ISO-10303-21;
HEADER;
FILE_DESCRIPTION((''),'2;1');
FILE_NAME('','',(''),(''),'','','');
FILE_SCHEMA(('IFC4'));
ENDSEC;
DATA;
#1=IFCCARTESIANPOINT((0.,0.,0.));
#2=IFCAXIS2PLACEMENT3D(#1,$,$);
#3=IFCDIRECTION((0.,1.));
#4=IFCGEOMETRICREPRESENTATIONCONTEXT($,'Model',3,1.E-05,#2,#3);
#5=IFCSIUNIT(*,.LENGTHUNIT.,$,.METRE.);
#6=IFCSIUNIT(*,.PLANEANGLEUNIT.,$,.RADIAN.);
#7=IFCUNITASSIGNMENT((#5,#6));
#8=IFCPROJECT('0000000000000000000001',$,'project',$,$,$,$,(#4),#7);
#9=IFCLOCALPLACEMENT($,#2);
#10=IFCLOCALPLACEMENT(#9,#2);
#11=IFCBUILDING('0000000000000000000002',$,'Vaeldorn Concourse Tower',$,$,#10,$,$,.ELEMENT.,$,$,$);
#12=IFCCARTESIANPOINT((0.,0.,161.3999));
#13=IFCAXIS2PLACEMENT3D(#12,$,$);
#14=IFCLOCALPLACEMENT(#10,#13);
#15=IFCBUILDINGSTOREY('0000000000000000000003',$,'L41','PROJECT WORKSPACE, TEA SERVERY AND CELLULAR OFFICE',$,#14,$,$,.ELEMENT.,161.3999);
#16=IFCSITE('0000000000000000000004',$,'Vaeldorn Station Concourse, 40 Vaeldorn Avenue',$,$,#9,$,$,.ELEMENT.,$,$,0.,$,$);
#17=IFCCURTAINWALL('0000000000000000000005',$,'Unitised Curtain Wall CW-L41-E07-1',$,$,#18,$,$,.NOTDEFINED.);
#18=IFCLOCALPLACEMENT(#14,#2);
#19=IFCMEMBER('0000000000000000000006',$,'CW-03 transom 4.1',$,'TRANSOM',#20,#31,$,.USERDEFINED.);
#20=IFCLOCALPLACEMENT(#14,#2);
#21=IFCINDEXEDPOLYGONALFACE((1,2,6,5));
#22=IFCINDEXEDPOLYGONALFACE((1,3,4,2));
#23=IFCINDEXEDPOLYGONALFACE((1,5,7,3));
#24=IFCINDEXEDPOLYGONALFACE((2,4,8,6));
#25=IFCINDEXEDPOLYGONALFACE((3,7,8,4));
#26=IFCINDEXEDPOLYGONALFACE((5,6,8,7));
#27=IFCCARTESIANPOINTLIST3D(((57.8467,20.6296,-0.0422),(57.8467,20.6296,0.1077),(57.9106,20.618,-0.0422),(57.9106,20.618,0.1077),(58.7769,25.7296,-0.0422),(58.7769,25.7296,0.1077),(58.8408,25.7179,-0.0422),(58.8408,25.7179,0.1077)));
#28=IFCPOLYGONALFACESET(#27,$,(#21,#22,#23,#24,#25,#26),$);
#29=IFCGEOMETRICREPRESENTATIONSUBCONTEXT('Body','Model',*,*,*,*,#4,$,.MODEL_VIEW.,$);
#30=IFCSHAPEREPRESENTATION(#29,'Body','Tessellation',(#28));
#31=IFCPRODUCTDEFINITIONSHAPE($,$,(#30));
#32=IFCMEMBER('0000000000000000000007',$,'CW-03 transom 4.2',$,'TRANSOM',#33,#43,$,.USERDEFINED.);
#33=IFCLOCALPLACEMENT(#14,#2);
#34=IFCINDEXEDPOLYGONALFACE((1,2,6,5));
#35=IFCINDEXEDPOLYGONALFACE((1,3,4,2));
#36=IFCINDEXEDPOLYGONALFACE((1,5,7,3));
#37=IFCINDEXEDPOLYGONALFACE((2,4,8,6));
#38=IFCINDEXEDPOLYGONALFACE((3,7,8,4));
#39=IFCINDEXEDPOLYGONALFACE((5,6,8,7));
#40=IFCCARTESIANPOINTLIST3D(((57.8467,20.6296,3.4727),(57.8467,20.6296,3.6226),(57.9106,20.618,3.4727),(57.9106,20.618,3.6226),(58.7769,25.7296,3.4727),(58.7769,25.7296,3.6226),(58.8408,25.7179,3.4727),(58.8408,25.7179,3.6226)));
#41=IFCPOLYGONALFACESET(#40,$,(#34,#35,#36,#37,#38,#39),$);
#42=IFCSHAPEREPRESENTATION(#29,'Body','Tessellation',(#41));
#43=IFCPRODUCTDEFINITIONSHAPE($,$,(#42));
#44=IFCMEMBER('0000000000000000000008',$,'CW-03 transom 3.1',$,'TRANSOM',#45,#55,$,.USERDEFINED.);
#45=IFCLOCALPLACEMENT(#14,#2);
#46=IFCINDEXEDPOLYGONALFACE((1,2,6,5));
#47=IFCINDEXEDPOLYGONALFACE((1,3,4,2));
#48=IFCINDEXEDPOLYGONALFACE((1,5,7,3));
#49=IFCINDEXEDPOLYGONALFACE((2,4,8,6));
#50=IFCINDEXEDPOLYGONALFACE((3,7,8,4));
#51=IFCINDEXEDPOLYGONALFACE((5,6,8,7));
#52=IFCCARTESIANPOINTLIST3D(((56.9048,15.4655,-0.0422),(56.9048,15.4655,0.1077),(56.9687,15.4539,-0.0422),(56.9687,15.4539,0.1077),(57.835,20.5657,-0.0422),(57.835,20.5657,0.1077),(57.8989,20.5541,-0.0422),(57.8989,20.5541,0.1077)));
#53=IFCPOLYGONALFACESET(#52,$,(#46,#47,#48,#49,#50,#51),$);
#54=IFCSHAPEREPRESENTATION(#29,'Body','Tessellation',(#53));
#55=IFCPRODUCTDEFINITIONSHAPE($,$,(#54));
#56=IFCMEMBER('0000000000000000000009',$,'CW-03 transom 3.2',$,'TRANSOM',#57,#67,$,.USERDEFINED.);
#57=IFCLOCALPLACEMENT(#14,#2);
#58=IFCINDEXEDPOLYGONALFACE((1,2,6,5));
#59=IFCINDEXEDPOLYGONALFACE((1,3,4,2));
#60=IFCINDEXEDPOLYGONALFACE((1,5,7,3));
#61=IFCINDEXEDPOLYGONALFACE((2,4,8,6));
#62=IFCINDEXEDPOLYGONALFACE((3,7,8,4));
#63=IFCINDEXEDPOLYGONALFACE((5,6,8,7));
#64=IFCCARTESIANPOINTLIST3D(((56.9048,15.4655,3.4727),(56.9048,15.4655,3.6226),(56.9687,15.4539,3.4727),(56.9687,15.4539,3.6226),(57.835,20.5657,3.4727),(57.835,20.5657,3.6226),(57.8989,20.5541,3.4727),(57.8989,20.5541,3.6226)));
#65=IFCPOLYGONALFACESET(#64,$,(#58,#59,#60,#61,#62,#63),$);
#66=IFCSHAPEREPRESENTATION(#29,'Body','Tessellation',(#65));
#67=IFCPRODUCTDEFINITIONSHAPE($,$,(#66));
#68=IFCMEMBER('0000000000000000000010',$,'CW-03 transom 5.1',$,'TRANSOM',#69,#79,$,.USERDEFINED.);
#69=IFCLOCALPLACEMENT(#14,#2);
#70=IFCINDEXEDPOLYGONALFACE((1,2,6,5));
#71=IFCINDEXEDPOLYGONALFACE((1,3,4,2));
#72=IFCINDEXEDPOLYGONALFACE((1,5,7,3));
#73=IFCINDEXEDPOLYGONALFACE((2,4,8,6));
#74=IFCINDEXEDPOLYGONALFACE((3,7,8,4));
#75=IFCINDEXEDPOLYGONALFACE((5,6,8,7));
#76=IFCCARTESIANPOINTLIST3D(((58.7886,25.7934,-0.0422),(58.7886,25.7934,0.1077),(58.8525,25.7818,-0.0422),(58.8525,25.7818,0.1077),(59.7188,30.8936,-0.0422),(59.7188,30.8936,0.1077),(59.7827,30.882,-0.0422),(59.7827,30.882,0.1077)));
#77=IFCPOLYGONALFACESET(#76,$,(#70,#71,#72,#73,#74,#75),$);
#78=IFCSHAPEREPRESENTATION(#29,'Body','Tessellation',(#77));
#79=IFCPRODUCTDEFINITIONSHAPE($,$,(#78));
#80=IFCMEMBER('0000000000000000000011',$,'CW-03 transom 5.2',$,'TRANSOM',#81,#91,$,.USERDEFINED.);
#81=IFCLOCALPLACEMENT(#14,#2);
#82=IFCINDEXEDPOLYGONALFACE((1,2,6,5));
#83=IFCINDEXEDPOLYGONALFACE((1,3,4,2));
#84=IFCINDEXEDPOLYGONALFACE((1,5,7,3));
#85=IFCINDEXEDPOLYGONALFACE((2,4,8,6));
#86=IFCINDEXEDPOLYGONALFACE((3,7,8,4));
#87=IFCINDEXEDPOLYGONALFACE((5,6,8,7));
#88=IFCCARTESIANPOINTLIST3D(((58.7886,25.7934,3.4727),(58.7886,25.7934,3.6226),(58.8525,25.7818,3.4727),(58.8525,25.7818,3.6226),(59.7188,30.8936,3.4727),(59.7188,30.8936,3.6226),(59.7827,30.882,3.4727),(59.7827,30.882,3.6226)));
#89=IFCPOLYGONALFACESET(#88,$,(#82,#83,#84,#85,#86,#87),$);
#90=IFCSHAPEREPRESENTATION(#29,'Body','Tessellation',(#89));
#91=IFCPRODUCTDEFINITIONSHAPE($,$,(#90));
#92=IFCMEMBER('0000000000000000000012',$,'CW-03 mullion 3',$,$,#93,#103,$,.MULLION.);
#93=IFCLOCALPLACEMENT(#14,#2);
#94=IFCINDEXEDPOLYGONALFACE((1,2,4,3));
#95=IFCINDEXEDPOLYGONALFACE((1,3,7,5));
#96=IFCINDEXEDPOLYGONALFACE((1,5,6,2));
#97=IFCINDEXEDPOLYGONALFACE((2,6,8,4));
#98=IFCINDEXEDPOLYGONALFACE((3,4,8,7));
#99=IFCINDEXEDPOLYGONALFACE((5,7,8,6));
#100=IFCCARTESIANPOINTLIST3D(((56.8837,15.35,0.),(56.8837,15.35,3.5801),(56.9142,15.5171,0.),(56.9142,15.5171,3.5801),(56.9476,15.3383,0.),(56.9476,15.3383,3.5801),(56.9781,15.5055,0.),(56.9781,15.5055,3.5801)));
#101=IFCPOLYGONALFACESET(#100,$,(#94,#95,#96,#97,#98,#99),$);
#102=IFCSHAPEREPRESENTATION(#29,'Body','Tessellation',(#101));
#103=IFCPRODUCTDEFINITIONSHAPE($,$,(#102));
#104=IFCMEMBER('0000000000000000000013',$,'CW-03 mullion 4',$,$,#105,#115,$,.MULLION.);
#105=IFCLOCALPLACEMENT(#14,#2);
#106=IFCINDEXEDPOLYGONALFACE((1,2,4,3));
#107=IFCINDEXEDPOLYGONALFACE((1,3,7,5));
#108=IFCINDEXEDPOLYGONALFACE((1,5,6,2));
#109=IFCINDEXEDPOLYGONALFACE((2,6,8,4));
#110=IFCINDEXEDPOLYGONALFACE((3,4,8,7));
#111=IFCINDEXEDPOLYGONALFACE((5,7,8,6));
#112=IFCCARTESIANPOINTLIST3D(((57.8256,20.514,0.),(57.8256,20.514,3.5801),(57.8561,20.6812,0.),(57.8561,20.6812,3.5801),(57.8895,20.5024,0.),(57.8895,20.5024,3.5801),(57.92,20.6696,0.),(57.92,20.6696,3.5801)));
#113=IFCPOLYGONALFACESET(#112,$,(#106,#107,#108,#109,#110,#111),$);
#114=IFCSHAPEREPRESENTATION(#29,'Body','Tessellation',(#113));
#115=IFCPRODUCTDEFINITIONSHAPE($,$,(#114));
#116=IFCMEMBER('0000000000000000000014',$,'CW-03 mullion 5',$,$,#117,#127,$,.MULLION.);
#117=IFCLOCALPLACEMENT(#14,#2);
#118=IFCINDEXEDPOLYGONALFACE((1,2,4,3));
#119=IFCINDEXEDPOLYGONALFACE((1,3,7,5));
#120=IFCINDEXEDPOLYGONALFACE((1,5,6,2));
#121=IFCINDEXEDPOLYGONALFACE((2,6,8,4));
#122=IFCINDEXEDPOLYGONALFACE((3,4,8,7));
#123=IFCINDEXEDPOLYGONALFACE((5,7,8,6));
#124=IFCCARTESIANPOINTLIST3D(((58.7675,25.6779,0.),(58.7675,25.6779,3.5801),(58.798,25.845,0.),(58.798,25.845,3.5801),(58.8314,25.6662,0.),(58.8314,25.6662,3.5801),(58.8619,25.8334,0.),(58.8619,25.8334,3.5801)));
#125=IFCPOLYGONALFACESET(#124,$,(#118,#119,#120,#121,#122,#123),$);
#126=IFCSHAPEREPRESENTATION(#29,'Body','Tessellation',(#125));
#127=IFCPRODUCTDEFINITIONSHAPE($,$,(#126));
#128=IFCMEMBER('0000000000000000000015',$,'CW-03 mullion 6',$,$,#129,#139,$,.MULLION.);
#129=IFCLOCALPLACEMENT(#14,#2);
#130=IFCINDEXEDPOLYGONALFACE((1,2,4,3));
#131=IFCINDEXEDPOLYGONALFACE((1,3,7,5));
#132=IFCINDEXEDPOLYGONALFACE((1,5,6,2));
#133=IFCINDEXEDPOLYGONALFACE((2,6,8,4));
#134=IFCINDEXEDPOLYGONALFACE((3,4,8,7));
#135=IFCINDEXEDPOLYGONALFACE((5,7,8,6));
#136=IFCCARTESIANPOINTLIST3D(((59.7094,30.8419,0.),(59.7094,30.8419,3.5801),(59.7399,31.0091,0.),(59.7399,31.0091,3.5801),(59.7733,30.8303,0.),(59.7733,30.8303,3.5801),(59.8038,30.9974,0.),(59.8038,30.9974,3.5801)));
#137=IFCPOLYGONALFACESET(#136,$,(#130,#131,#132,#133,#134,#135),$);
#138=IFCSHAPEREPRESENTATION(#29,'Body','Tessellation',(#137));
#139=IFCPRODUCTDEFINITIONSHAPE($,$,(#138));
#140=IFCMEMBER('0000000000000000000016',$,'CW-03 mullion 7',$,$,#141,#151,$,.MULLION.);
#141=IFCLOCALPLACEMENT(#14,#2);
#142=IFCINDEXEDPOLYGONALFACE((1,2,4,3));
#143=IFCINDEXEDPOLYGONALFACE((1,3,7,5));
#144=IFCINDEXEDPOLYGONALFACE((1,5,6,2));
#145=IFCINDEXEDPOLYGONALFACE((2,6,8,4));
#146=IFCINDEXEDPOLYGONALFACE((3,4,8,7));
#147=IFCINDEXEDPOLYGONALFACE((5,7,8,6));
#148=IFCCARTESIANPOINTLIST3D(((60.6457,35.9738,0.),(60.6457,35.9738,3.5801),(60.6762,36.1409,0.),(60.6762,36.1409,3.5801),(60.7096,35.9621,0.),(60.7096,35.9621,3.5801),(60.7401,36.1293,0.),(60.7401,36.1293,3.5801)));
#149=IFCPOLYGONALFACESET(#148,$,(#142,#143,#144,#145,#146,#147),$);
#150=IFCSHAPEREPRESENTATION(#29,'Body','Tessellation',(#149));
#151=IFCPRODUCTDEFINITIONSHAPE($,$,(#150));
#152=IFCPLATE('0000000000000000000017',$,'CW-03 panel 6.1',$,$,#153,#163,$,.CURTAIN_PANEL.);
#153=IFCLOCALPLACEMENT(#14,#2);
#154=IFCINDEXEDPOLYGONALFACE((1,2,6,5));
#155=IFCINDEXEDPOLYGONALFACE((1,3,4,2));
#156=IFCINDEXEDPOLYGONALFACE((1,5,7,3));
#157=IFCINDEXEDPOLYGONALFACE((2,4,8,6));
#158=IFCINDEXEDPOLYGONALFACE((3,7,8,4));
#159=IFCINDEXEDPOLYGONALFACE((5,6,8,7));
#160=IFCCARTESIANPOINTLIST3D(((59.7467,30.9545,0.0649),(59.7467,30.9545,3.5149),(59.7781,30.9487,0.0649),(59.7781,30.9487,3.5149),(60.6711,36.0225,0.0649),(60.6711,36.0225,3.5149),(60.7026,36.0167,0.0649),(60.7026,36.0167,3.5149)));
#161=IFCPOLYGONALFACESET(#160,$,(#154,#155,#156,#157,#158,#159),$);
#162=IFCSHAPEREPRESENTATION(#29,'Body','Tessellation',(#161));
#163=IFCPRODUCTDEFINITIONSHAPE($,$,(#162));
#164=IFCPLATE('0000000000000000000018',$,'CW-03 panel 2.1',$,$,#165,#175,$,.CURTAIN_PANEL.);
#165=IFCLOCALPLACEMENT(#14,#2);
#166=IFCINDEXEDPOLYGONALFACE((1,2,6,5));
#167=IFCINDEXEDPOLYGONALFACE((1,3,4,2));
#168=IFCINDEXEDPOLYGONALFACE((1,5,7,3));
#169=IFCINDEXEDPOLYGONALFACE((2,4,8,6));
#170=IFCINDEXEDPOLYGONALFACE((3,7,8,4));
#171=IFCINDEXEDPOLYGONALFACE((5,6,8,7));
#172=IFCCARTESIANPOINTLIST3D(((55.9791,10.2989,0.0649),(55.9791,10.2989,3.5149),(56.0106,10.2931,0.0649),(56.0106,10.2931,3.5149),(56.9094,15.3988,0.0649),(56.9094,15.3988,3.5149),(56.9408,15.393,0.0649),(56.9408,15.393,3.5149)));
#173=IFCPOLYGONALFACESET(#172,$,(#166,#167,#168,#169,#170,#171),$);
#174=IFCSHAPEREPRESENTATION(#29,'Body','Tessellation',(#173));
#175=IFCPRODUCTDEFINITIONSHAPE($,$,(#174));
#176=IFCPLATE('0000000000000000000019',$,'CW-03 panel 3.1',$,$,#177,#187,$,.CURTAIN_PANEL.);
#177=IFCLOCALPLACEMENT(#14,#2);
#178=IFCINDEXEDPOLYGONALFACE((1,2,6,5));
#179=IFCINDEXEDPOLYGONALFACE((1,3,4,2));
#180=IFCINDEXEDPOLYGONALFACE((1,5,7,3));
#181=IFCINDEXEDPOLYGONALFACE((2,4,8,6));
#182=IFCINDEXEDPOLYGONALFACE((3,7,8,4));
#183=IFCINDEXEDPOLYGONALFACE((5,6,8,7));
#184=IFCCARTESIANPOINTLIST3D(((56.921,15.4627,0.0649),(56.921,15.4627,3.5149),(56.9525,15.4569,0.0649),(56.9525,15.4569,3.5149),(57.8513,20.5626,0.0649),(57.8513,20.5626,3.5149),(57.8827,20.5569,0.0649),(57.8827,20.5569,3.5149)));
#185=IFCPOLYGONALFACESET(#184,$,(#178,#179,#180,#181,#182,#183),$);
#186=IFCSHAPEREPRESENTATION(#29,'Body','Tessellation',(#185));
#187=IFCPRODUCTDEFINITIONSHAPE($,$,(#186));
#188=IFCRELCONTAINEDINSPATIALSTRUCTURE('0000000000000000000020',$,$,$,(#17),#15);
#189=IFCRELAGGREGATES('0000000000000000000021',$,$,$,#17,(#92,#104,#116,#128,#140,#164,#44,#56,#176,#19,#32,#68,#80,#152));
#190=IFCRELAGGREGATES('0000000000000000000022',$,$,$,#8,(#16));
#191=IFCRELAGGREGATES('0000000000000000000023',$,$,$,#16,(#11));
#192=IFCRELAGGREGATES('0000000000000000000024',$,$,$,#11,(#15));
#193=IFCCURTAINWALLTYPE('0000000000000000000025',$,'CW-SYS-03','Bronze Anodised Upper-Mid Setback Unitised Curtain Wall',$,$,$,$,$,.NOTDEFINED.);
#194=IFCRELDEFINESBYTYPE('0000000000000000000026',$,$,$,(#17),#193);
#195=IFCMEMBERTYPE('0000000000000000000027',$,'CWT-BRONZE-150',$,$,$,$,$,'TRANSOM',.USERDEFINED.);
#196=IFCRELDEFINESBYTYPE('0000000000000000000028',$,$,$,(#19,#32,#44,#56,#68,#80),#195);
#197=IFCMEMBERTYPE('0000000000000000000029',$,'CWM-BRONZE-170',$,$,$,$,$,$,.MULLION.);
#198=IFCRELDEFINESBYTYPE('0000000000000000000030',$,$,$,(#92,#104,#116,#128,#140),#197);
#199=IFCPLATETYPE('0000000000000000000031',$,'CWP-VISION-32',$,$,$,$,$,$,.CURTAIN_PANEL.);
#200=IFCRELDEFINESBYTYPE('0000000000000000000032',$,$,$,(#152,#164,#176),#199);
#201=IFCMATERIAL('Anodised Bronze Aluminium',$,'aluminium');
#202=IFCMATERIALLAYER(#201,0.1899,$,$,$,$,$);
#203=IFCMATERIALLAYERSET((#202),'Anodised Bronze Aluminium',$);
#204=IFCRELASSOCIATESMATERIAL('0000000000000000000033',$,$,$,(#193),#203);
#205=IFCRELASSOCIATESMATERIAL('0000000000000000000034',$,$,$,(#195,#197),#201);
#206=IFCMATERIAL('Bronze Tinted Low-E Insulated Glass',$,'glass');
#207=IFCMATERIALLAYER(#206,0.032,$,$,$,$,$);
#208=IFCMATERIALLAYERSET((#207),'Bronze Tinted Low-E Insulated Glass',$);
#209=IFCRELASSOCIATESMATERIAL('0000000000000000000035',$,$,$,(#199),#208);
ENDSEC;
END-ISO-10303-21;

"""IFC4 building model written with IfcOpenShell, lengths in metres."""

from ifc_helpers import new_model, si_unit, direction, frame, origin, origin_2d, place, context, subcontext, project, spatial, rectangle, extrude, source, transform, mapped, material, layer, layer_set, material_profile, profile_set, type_object, element, aggregate, save


model = new_model("IFC4")

# Units and contexts
model_context = context("Model", 3, precision=1e-05, world=origin(), true_north=direction((0.0, 1.0)))
body_context = subcontext(model_context, "Body", "Model", "MODEL_VIEW")
ifc_project = project(units=[si_unit("LENGTHUNIT", "METRE"), si_unit("PLANEANGLEUNIT", "RADIAN")], contexts=[model_context])

# Site, building, storey
site_placement = place(None, origin())
site = spatial("IfcSite", under=ifc_project, at=site_placement, Name="Vaeldorn Station Concourse, 40 Vaeldorn Avenue", CompositionType="ELEMENT", RefElevation=0.0)
building_placement = place(site_placement, origin())
building = spatial("IfcBuilding", under=site, at=building_placement, Name="Vaeldorn Concourse Tower", CompositionType="ELEMENT")
storey_placement = place(building_placement, frame((0.0, 0.0, 161.3999)))
storey = spatial("IfcBuildingStorey", under=building, at=storey_placement, Name="L41", Description="PROJECT WORKSPACE, TEA SERVERY AND CELLULAR OFFICE", CompositionType="ELEMENT", Elevation=161.3999)

# Curtain wall, members, plates
ifc_material_1 = material(Name="Anodised Bronze Aluminium", Category="aluminium")
ifc_layer_1 = layer(ifc_material_1, 0.1899)
ifc_layer_set_1 = layer_set([ifc_layer_1], Name="Anodised Bronze Aluminium")
curtain_wall_type = type_object("IfcCurtainWallType", Name="CW-SYS-03", Description="Bronze Anodised Upper-Mid Setback Unitised Curtain Wall", PredefinedType="NOTDEFINED", material=ifc_layer_set_1)
curtain_wall_placement = place(storey_placement, origin())
curtain_wall = element("IfcCurtainWall", 1, at=curtain_wall_placement, inside=storey, type_object=curtain_wall_type, Name="Unitised Curtain Wall CW-L41-E07-1", PredefinedType="NOTDEFINED")
ifc_material_profile_1 = material_profile(ifc_material_1, rectangle(XDim=0.0649, YDim=0.1499, at=origin_2d()), Name="CWT 65x150")
ifc_profile_set_1 = profile_set([ifc_material_profile_1], Name="Anodised Bronze Aluminium")
member_type_1 = type_object("IfcMemberType", Name="CWT-BRONZE-150", ElementType="TRANSOM", PredefinedType="USERDEFINED", material=ifc_profile_set_1)
shared_shape_1 = source(origin(), body_context, "Body", "SweptSolid", [
    extrude(rectangle(XDim=0.0649, YDim=0.1499, at=origin_2d()), origin(), (0.0, 0.0, 1.0), 5.1841),
])
member_1_placement = place(storey_placement, frame((57.8787, 20.6238, 0.0327), z_axis=(0.179432, 0.98377, 0.0), x_axis=(-0.98377, 0.179432, 0.0)))
member_1 = element("IfcMember", 2, at=member_1_placement, type_object=member_type_1, Name="CW-03 transom 4.1", ObjectType="TRANSOM", PredefinedType="USERDEFINED", context=body_context, shape_type="MappedRepresentation", body=[
    mapped(shared_shape_1, transform((0.0, 0.0, 0.0), scale=1.0)),
])
member_2_placement = place(storey_placement, frame((57.8787, 20.6238, 3.5476), z_axis=(0.179432, 0.98377, 0.0), x_axis=(-0.98377, 0.179432, 0.0)))
member_2 = element("IfcMember", 3, at=member_2_placement, type_object=member_type_1, Name="CW-03 transom 4.2", ObjectType="TRANSOM", PredefinedType="USERDEFINED", context=body_context, shape_type="MappedRepresentation", body=[
    mapped(shared_shape_1, transform((0.0, 0.0, 0.0), scale=1.0)),
])
shared_shape_2 = source(origin(), body_context, "Body", "SweptSolid", [
    extrude(rectangle(XDim=0.0649, YDim=0.1499, at=origin_2d()), origin(), (0.0, 0.0, 1.0), 5.1843),
])
member_3_placement = place(storey_placement, frame((56.9368, 15.4597, 0.0327), z_axis=(0.179424, 0.983772, 0.0), x_axis=(-0.983772, 0.179424, 0.0)))
member_3 = element("IfcMember", 4, at=member_3_placement, type_object=member_type_1, Name="CW-03 transom 3.1", ObjectType="TRANSOM", PredefinedType="USERDEFINED", context=body_context, shape_type="MappedRepresentation", body=[
    mapped(shared_shape_2, transform((0.0, 0.0, 0.0), scale=1.0)),
])
member_4_placement = place(storey_placement, frame((56.9368, 15.4597, 3.5476), z_axis=(0.179424, 0.983772, 0.0), x_axis=(-0.983772, 0.179424, 0.0)))
member_4 = element("IfcMember", 5, at=member_4_placement, type_object=member_type_1, Name="CW-03 transom 3.2", ObjectType="TRANSOM", PredefinedType="USERDEFINED", context=body_context, shape_type="MappedRepresentation", body=[
    mapped(shared_shape_2, transform((0.0, 0.0, 0.0), scale=1.0)),
])
member_5_placement = place(storey_placement, frame((58.8206, 25.7876, 0.0327), z_axis=(0.179424, 0.983772, 0.0), x_axis=(-0.983772, 0.179424, 0.0)))
member_5 = element("IfcMember", 6, at=member_5_placement, type_object=member_type_1, Name="CW-03 transom 5.1", ObjectType="TRANSOM", PredefinedType="USERDEFINED", context=body_context, shape_type="MappedRepresentation", body=[
    mapped(shared_shape_2, transform((0.0, 0.0, 0.0), scale=1.0)),
])
member_6_placement = place(storey_placement, frame((58.8206, 25.7876, 3.5476), z_axis=(0.179424, 0.983772, 0.0), x_axis=(-0.983772, 0.179424, 0.0)))
member_6 = element("IfcMember", 7, at=member_6_placement, type_object=member_type_1, Name="CW-03 transom 5.2", ObjectType="TRANSOM", PredefinedType="USERDEFINED", context=body_context, shape_type="MappedRepresentation", body=[
    mapped(shared_shape_2, transform((0.0, 0.0, 0.0), scale=1.0)),
])
ifc_material_profile_2 = material_profile(ifc_material_1, rectangle(XDim=0.0649, YDim=0.1699, at=origin_2d()), Name="CWM 65x170")
ifc_profile_set_2 = profile_set([ifc_material_profile_2], Name="Anodised Bronze Aluminium")
member_type_2 = type_object("IfcMemberType", Name="CWM-BRONZE-170", PredefinedType="MULLION", material=ifc_profile_set_2)
shared_shape_3 = source(origin(), body_context, "Body", "SweptSolid", [
    extrude(rectangle(XDim=0.0649, YDim=0.1699, at=origin_2d()), origin(), (0.0, 0.0, 1.0), 3.5801),
])
member_7_placement = place(storey_placement, frame((56.9309, 15.4277, 0.0), z_axis=(0.0, 0.0, 1.0), x_axis=(-0.983768, 0.179446, 0.0)))
member_7 = element("IfcMember", 8, at=member_7_placement, type_object=member_type_2, Name="CW-03 mullion 3", PredefinedType="MULLION", context=body_context, shape_type="MappedRepresentation", body=[
    mapped(shared_shape_3, transform((0.0, 0.0, 0.0), scale=1.0)),
])
member_8_placement = place(storey_placement, frame((57.8728, 20.5918, 0.0), z_axis=(0.0, 0.0, 1.0), x_axis=(-0.983768, 0.179446, 0.0)))
member_8 = element("IfcMember", 9, at=member_8_placement, type_object=member_type_2, Name="CW-03 mullion 4", PredefinedType="MULLION", context=body_context, shape_type="MappedRepresentation", body=[
    mapped(shared_shape_3, transform((0.0, 0.0, 0.0), scale=1.0)),
])
member_9_placement = place(storey_placement, frame((58.8147, 25.7556, 0.0), z_axis=(0.0, 0.0, 1.0), x_axis=(-0.983768, 0.179446, 0.0)))
member_9 = element("IfcMember", 10, at=member_9_placement, type_object=member_type_2, Name="CW-03 mullion 5", PredefinedType="MULLION", context=body_context, shape_type="MappedRepresentation", body=[
    mapped(shared_shape_3, transform((0.0, 0.0, 0.0), scale=1.0)),
])
member_10_placement = place(storey_placement, frame((59.7566, 30.9197, 0.0), z_axis=(0.0, 0.0, 1.0), x_axis=(-0.983768, 0.179446, 0.0)))
member_10 = element("IfcMember", 11, at=member_10_placement, type_object=member_type_2, Name="CW-03 mullion 6", PredefinedType="MULLION", context=body_context, shape_type="MappedRepresentation", body=[
    mapped(shared_shape_3, transform((0.0, 0.0, 0.0), scale=1.0)),
])
member_11_placement = place(storey_placement, frame((60.6929, 36.0515, 0.0), z_axis=(0.0, 0.0, 1.0), x_axis=(-0.983768, 0.179446, 0.0)))
member_11 = element("IfcMember", 12, at=member_11_placement, type_object=member_type_2, Name="CW-03 mullion 7", PredefinedType="MULLION", context=body_context, shape_type="MappedRepresentation", body=[
    mapped(shared_shape_3, transform((0.0, 0.0, 0.0), scale=1.0)),
])
ifc_material_2 = material(Name="Bronze Tinted Low-E Insulated Glass", Category="glass")
ifc_layer_2 = layer(ifc_material_2, 0.032)
ifc_layer_set_2 = layer_set([ifc_layer_2], Name="Bronze Tinted Low-E Insulated Glass")
plate_type = type_object("IfcPlateType", Name="CWP-VISION-32", PredefinedType="CURTAIN_PANEL", material=ifc_layer_set_2)
shared_shape_4 = source(origin(), body_context, "Body", "SweptSolid", [
    extrude(rectangle(XDim=5.1516, YDim=0.032, at=origin_2d()), origin(), (0.0, 0.0, 1.0), 3.45),
])
plate_1_placement = place(storey_placement, frame((60.2246, 33.4856, 0.0649), z_axis=(0.0, 0.0, 1.0), x_axis=(0.179446, 0.983768, 0.0)))
plate_1 = element("IfcPlate", 13, at=plate_1_placement, type_object=plate_type, Name="CW-03 panel 6.1", PredefinedType="CURTAIN_PANEL", context=body_context, shape_type="MappedRepresentation", body=[
    mapped(shared_shape_4, transform((0.0, 0.0, 0.0), scale=1.0)),
])
shared_shape_5 = source(origin(), body_context, "Body", "SweptSolid", [
    extrude(rectangle(XDim=5.1841, YDim=0.032, at=origin_2d()), origin(), (0.0, 0.0, 1.0), 3.45),
])
plate_2_placement = place(storey_placement, frame((56.46, 12.8459, 0.0649), z_axis=(0.0, 0.0, 1.0), x_axis=(0.179446, 0.983768, 0.0)))
plate_2 = element("IfcPlate", 14, at=plate_2_placement, type_object=plate_type, Name="CW-03 panel 2.1", PredefinedType="CURTAIN_PANEL", context=body_context, shape_type="MappedRepresentation", body=[
    mapped(shared_shape_5, transform((0.0, 0.0, 0.0), scale=1.0)),
])
plate_3_placement = place(storey_placement, frame((57.4019, 18.0098, 0.0649), z_axis=(0.0, 0.0, 1.0), x_axis=(0.179446, 0.983768, 0.0)))
plate_3 = element("IfcPlate", 15, at=plate_3_placement, type_object=plate_type, Name="CW-03 panel 3.1", PredefinedType="CURTAIN_PANEL", context=body_context, shape_type="MappedRepresentation", body=[
    mapped(shared_shape_5, transform((0.0, 0.0, 0.0), scale=1.0)),
])
aggregate(curtain_wall, [member_7, member_8, member_9, member_10, member_11, plate_2, member_3, member_4, plate_3, member_1, member_2, member_5, member_6, plate_1])

save(model, "model.ifc")
